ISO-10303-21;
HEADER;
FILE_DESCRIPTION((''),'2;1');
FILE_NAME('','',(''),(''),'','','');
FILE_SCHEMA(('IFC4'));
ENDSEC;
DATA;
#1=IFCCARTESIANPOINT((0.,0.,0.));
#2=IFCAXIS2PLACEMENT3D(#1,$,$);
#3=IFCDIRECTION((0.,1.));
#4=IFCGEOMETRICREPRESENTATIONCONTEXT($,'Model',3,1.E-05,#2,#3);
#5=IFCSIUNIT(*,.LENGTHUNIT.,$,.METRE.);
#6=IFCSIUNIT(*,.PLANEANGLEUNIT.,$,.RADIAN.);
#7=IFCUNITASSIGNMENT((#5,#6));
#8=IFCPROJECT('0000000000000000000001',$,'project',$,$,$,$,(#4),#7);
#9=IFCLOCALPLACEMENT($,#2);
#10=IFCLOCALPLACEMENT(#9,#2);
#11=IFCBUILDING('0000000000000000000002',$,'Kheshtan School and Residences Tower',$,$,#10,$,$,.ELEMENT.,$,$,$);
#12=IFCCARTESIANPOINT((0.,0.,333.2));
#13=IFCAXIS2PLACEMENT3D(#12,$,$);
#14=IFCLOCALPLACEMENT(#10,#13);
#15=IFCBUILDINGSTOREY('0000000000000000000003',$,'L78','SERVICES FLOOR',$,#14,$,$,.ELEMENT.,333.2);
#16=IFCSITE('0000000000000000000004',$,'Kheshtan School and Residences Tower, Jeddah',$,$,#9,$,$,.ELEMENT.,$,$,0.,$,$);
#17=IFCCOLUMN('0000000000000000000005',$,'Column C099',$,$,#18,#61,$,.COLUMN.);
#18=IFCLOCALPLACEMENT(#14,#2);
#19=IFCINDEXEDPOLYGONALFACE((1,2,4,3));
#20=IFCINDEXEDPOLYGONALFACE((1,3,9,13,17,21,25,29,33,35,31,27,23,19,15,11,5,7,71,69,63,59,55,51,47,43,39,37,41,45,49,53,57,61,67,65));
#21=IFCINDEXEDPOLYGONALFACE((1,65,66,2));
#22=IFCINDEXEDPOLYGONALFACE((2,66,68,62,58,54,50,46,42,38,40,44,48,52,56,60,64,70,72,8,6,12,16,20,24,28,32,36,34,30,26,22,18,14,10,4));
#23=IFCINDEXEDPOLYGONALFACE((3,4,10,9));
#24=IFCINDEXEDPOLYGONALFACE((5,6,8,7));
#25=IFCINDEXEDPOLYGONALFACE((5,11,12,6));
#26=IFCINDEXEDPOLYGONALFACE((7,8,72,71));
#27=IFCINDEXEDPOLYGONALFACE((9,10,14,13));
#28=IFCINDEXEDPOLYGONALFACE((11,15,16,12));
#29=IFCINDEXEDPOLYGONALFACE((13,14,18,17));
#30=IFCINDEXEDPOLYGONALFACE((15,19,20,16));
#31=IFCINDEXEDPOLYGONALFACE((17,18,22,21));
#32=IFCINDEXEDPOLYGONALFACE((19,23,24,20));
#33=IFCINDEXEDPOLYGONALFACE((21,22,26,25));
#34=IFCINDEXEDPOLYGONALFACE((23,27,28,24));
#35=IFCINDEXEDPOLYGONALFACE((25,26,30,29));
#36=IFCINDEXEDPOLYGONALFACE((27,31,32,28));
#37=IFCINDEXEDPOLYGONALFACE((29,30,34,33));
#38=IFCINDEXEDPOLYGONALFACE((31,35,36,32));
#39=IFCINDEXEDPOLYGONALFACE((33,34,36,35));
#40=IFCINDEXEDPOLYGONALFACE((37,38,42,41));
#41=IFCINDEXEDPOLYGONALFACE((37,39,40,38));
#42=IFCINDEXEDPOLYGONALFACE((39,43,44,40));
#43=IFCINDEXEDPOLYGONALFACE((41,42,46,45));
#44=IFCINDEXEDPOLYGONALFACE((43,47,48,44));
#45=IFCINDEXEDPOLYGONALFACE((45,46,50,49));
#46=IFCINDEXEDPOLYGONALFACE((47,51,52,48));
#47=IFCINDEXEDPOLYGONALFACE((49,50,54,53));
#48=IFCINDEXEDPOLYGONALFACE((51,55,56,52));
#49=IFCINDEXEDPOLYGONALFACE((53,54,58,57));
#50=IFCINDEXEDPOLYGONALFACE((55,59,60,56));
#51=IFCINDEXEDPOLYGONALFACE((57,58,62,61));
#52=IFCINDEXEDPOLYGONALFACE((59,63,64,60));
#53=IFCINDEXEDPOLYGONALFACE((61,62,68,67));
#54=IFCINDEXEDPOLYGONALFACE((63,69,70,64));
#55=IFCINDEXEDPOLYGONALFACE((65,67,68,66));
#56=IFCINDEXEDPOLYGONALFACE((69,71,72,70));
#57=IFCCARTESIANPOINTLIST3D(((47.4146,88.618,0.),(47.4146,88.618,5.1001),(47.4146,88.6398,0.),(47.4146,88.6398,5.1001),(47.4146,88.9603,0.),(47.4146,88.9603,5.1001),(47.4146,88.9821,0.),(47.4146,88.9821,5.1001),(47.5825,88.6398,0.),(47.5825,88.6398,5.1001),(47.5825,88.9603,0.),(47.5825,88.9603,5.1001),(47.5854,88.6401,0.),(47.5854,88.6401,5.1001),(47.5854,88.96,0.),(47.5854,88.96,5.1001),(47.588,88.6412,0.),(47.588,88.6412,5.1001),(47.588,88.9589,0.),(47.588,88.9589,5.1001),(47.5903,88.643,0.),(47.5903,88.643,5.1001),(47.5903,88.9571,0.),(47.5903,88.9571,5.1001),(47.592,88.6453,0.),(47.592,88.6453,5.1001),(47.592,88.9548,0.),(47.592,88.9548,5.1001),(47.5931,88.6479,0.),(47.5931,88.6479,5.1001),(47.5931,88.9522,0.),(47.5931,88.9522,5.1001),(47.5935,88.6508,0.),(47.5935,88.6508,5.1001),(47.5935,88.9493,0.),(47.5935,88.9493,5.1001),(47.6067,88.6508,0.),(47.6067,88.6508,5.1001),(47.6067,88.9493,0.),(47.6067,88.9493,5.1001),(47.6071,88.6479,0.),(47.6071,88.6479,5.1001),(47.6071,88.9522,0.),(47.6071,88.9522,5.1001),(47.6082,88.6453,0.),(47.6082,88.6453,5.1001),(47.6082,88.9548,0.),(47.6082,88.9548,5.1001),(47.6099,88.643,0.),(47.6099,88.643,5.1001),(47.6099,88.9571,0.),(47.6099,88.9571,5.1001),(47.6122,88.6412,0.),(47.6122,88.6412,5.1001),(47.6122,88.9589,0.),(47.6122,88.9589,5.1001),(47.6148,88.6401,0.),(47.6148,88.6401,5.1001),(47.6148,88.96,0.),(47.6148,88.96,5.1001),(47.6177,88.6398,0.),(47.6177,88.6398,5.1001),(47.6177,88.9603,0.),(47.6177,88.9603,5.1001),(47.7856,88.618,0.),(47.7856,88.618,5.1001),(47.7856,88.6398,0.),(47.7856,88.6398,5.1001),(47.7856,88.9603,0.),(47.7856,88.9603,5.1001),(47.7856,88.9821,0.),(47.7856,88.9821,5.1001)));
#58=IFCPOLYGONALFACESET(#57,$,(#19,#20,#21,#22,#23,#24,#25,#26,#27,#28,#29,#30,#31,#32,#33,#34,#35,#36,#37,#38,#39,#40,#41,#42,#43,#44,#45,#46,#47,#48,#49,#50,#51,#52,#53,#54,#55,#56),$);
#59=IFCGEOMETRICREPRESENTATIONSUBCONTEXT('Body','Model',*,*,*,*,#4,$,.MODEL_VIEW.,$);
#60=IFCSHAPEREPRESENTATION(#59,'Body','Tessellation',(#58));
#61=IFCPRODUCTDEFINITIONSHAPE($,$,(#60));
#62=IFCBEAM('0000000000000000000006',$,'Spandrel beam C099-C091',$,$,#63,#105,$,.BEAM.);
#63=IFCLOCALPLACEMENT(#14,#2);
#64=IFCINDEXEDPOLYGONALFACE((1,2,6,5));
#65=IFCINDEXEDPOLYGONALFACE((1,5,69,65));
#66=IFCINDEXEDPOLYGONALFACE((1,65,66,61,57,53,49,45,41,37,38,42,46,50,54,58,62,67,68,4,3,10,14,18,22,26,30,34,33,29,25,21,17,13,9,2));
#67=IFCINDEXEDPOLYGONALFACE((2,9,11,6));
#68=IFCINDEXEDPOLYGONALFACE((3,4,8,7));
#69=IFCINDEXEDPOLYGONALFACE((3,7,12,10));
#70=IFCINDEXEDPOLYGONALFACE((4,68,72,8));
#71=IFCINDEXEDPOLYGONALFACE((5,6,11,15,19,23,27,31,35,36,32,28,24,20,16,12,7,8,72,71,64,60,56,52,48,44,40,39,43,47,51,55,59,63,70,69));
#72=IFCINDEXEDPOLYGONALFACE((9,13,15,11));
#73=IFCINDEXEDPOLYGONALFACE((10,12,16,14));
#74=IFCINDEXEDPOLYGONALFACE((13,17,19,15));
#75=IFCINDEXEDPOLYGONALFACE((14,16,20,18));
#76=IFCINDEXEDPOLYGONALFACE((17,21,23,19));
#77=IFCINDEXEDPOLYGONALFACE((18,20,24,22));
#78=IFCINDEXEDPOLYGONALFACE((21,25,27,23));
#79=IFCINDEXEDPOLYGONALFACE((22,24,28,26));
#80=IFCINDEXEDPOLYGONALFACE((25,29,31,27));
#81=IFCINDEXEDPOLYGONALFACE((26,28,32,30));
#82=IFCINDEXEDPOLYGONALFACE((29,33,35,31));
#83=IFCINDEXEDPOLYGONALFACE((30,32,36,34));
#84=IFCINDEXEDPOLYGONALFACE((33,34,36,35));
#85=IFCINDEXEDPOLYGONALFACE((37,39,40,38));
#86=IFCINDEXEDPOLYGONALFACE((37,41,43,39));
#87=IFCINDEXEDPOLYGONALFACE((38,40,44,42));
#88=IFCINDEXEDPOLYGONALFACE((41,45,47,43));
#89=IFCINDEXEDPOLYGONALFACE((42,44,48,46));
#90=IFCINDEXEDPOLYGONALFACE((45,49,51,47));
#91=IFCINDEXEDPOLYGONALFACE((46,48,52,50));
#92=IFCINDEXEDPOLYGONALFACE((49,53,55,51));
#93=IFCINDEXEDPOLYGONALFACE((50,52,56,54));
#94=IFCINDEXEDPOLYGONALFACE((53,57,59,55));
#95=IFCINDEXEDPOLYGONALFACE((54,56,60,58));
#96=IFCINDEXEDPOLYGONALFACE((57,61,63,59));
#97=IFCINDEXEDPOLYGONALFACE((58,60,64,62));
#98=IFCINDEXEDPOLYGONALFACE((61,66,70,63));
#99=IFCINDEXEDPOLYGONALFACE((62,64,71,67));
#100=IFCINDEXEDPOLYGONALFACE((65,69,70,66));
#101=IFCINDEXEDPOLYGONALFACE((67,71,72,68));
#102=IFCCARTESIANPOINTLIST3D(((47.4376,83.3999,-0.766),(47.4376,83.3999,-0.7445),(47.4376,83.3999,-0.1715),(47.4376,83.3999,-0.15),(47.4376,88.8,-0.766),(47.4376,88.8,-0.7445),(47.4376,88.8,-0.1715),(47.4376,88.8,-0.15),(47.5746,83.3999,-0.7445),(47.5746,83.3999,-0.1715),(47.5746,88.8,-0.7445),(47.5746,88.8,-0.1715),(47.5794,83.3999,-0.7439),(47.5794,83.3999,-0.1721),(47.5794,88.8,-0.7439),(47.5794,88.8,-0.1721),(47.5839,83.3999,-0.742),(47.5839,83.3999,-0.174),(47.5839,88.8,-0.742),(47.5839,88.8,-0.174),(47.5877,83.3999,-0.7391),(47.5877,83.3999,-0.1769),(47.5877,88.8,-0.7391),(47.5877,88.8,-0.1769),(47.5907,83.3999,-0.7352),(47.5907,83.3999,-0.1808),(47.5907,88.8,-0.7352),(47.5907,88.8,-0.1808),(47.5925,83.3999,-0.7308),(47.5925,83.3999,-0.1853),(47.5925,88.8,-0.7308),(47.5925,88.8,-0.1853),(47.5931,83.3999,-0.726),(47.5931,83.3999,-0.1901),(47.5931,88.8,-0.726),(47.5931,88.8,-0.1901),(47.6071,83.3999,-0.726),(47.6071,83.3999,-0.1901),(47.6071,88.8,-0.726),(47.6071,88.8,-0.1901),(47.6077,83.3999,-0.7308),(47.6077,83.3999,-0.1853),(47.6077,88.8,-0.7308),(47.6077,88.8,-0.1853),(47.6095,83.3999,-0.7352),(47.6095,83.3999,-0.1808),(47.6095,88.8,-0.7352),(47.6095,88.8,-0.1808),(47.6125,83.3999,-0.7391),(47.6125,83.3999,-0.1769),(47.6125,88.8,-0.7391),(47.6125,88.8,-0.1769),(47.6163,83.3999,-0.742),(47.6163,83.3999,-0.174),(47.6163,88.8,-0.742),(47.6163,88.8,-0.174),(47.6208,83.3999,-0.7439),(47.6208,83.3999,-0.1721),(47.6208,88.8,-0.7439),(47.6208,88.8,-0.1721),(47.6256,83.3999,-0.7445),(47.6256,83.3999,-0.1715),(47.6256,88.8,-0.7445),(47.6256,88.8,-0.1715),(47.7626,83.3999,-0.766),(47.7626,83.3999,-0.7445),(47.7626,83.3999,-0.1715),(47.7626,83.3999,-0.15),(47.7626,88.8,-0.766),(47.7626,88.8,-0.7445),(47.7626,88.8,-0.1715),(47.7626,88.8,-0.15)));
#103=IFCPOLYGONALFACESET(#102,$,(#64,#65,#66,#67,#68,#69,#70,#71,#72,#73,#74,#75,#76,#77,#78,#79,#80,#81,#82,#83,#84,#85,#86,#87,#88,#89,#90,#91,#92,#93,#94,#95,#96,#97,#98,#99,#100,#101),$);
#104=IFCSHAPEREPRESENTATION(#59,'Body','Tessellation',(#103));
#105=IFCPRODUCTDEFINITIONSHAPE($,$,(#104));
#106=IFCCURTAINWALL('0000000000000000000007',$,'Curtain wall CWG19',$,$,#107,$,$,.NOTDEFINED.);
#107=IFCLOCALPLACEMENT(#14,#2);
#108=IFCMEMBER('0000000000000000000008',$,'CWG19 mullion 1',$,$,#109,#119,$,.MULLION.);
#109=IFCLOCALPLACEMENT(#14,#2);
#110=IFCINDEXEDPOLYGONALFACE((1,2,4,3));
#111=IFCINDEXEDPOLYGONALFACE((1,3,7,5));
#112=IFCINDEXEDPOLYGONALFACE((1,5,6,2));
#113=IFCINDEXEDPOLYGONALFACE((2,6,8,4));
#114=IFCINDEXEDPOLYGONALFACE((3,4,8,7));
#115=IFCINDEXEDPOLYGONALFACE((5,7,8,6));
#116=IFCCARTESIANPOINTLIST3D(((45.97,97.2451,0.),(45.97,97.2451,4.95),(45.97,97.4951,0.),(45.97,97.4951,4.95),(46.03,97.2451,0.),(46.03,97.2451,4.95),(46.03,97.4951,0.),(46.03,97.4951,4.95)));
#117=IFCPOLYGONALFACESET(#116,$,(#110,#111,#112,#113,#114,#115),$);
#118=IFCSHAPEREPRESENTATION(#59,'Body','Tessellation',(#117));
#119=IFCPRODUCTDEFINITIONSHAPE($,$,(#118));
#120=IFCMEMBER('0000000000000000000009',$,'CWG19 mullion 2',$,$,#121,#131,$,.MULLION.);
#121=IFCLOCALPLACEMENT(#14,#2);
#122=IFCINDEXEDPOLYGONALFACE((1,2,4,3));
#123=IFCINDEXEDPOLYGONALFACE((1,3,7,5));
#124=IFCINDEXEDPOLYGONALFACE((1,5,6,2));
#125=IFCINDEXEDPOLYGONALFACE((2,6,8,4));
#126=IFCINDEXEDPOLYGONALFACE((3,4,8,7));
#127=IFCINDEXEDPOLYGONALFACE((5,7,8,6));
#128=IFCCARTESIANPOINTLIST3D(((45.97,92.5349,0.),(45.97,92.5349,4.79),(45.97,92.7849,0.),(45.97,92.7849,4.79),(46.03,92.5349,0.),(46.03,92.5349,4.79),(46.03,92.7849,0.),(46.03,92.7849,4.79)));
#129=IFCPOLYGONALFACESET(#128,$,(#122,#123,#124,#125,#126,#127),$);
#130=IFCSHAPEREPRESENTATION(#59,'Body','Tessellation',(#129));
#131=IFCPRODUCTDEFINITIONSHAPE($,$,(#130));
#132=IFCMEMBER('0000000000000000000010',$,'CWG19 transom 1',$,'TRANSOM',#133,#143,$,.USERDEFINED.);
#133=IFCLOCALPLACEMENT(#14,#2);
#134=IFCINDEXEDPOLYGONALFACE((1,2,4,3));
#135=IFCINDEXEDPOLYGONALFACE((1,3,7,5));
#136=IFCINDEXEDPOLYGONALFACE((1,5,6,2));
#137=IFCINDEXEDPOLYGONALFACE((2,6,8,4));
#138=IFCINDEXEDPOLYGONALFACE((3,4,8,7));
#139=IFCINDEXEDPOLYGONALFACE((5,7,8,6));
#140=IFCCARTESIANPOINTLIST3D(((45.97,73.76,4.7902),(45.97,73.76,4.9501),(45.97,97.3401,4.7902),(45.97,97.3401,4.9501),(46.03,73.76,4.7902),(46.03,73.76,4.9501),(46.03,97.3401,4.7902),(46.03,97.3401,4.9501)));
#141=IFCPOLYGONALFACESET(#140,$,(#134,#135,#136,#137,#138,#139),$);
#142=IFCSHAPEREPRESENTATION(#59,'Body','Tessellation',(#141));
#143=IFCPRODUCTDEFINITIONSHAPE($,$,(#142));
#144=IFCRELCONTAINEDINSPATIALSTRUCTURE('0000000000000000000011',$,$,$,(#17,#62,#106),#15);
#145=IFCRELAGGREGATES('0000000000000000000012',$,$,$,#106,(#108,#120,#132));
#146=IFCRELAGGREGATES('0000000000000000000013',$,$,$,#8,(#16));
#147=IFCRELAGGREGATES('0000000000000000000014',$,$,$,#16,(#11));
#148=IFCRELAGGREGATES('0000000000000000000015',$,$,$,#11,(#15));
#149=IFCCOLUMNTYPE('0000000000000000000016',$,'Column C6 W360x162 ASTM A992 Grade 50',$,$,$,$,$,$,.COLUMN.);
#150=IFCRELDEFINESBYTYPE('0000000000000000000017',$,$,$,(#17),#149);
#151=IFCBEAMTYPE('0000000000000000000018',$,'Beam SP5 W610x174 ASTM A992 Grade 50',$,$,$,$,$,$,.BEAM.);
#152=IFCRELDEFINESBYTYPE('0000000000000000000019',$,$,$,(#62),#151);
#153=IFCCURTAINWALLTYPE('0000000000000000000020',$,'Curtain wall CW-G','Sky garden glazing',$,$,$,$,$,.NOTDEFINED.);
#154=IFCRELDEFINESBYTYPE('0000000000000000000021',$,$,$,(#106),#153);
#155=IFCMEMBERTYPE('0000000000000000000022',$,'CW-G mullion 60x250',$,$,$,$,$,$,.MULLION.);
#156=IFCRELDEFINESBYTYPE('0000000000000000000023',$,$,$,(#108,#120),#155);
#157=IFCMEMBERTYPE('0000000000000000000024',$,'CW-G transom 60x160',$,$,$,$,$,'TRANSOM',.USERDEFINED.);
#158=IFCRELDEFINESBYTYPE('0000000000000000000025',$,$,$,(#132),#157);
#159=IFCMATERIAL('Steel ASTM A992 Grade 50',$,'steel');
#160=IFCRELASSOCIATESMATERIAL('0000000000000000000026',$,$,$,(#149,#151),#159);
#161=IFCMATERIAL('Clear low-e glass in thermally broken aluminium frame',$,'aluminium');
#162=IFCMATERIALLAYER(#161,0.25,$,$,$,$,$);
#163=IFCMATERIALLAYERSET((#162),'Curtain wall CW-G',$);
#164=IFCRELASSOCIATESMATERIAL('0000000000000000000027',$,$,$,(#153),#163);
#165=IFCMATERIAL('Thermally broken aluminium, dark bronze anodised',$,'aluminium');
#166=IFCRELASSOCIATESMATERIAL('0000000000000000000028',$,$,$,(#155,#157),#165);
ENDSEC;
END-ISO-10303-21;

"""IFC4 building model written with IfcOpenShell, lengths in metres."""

from ifc_helpers import new_model, si_unit, direction, frame, origin, origin_2d, place, context, subcontext, project, spatial, rectangle, i_section, extrude, material, layer, layer_set, material_profile, profile_set, type_object, element, aggregate, save


model = new_model("IFC4")

# Units and contexts
model_context = context("Model", 3, precision=1e-05, world=origin(), true_north=direction((0.0, 1.0)))
body_context = subcontext(model_context, "Body", "Model", "MODEL_VIEW")
ifc_project = project(units=[si_unit("LENGTHUNIT", "METRE"), si_unit("PLANEANGLEUNIT", "RADIAN")], contexts=[model_context])

# Site, building, storey
site_placement = place(None, origin())
site = spatial("IfcSite", under=ifc_project, at=site_placement, Name="Kheshtan School and Residences Tower, Jeddah", CompositionType="ELEMENT", RefElevation=0.0)
building_placement = place(site_placement, origin())
building = spatial("IfcBuilding", under=site, at=building_placement, Name="Kheshtan School and Residences Tower", CompositionType="ELEMENT")
storey_placement = place(building_placement, frame((0.0, 0.0, 333.2)))
storey = spatial("IfcBuildingStorey", under=building, at=storey_placement, Name="L78", Description="SERVICES FLOOR", CompositionType="ELEMENT", Elevation=333.2)

# Column
ifc_material_1 = material(Name="Steel ASTM A992 Grade 50", Category="steel")
ifc_material_profile_1 = material_profile(ifc_material_1, i_section(OverallWidth=0.3711, OverallDepth=0.364, WebThickness=0.0132, FlangeThickness=0.0217, FilletRadius=0.011, at=origin_2d()), Name="W360x162")
ifc_profile_set_1 = profile_set([ifc_material_profile_1], Name="Steel ASTM A992 Grade 50")
column_type = type_object("IfcColumnType", Name="Column C6 W360x162 ASTM A992 Grade 50", PredefinedType="COLUMN", material=ifc_profile_set_1)
column_placement = place(storey_placement, frame((47.6001, 88.8, 0.0), z_axis=(0.0, 0.0, 1.0), x_axis=(1.0, 0.0, 0.0)))
element("IfcColumn", 1, at=column_placement, inside=storey, type_object=column_type, Name="Column C099", PredefinedType="COLUMN", context=body_context, shape_type="SweptSolid", body=[
    extrude(i_section(OverallWidth=0.3711, OverallDepth=0.364, WebThickness=0.0132, FlangeThickness=0.0217, FilletRadius=0.011, at=origin_2d()), origin(), (0.0, 0.0, 1.0), 5.1001),
])

# Beam
ifc_material_profile_2 = material_profile(ifc_material_1, i_section(OverallWidth=0.325, OverallDepth=0.616, WebThickness=0.0139, FlangeThickness=0.0215, FilletRadius=0.0186, at=origin_2d()), Name="W610x174")
ifc_profile_set_2 = profile_set([ifc_material_profile_2], Name="Steel ASTM A992 Grade 50")
beam_type = type_object("IfcBeamType", Name="Beam SP5 W610x174 ASTM A992 Grade 50", PredefinedType="BEAM", material=ifc_profile_set_2)
beam_placement = place(storey_placement, frame((47.6001, 88.8, -0.458), z_axis=(0.0, -1.0, 0.0), x_axis=(1.0, 0.0, 0.0)))
element("IfcBeam", 2, at=beam_placement, inside=storey, type_object=beam_type, Name="Spandrel beam C099-C091", PredefinedType="BEAM", context=body_context, shape_type="SweptSolid", body=[
    extrude(i_section(OverallWidth=0.325, OverallDepth=0.616, WebThickness=0.0139, FlangeThickness=0.0215, FilletRadius=0.0186, at=origin_2d()), origin(), (0.0, 0.0, 1.0), 5.4001),
])

# Curtain wall, members
ifc_material_2 = material(Name="Clear low-e glass in thermally broken aluminium frame", Category="aluminium")
ifc_layer_1 = layer(ifc_material_2, 0.25)
ifc_layer_set_1 = layer_set([ifc_layer_1], Name="Curtain wall CW-G")
curtain_wall_type = type_object("IfcCurtainWallType", Name="Curtain wall CW-G", Description="Sky garden glazing", PredefinedType="NOTDEFINED", material=ifc_layer_set_1)
curtain_wall_placement = place(storey_placement, origin())
curtain_wall = element("IfcCurtainWall", 3, at=curtain_wall_placement, inside=storey, type_object=curtain_wall_type, Name="Curtain wall CWG19", PredefinedType="NOTDEFINED")
ifc_material_3 = material(Name="Thermally broken aluminium, dark bronze anodised", Category="aluminium")
ifc_material_profile_3 = material_profile(ifc_material_3, rectangle(XDim=0.0601, YDim=0.25, at=origin_2d()), Name="CW-G mullion 60x250")
ifc_profile_set_3 = profile_set([ifc_material_profile_3], Name="Thermally broken aluminium, dark bronze anodised")
member_type_1 = type_object("IfcMemberType", Name="CW-G mullion 60x250", PredefinedType="MULLION", material=ifc_profile_set_3)
member_1_placement = place(storey_placement, frame((46.0, 97.3701, 0.0), z_axis=(0.0, 0.0, 1.0), x_axis=(1.0, 0.0, 0.0)))
member_1 = element("IfcMember", 4, at=member_1_placement, type_object=member_type_1, Name="CWG19 mullion 1", PredefinedType="MULLION", context=body_context, shape_type="SweptSolid", body=[
    extrude(rectangle(XDim=0.0601, YDim=0.25, at=origin_2d()), origin(), (0.0, 0.0, 1.0), 4.95),
])
member_2_placement = place(storey_placement, frame((46.0, 92.6599, 0.0), z_axis=(0.0, 0.0, 1.0), x_axis=(1.0, 0.0, 0.0)))
member_2 = element("IfcMember", 5, at=member_2_placement, type_object=member_type_1, Name="CWG19 mullion 2", PredefinedType="MULLION", context=body_context, shape_type="SweptSolid", body=[
    extrude(rectangle(XDim=0.0601, YDim=0.25, at=origin_2d()), origin(), (0.0, 0.0, 1.0), 4.79),
])
ifc_material_profile_4 = material_profile(ifc_material_3, rectangle(XDim=0.0601, YDim=0.1599, at=origin_2d()), Name="CW-G transom 60x160")
ifc_profile_set_4 = profile_set([ifc_material_profile_4], Name="Thermally broken aluminium, dark bronze anodised")
member_type_2 = type_object("IfcMemberType", Name="CW-G transom 60x160", ElementType="TRANSOM", PredefinedType="USERDEFINED", material=ifc_profile_set_4)
member_3_placement = place(storey_placement, frame((46.0, 97.3401, 4.8701), z_axis=(0.0, -1.0, 0.0), x_axis=(1.0, 0.0, 0.0)))
member_3 = element("IfcMember", 6, at=member_3_placement, type_object=member_type_2, Name="CWG19 transom 1", ObjectType="TRANSOM", PredefinedType="USERDEFINED", context=body_context, shape_type="SweptSolid", body=[
    extrude(rectangle(XDim=0.0601, YDim=0.1599, at=origin_2d()), origin(), (0.0, 0.0, 1.0), 23.5801),
])

aggregate(curtain_wall, [member_1, member_2, member_3])

save(model, "model.ifc")
